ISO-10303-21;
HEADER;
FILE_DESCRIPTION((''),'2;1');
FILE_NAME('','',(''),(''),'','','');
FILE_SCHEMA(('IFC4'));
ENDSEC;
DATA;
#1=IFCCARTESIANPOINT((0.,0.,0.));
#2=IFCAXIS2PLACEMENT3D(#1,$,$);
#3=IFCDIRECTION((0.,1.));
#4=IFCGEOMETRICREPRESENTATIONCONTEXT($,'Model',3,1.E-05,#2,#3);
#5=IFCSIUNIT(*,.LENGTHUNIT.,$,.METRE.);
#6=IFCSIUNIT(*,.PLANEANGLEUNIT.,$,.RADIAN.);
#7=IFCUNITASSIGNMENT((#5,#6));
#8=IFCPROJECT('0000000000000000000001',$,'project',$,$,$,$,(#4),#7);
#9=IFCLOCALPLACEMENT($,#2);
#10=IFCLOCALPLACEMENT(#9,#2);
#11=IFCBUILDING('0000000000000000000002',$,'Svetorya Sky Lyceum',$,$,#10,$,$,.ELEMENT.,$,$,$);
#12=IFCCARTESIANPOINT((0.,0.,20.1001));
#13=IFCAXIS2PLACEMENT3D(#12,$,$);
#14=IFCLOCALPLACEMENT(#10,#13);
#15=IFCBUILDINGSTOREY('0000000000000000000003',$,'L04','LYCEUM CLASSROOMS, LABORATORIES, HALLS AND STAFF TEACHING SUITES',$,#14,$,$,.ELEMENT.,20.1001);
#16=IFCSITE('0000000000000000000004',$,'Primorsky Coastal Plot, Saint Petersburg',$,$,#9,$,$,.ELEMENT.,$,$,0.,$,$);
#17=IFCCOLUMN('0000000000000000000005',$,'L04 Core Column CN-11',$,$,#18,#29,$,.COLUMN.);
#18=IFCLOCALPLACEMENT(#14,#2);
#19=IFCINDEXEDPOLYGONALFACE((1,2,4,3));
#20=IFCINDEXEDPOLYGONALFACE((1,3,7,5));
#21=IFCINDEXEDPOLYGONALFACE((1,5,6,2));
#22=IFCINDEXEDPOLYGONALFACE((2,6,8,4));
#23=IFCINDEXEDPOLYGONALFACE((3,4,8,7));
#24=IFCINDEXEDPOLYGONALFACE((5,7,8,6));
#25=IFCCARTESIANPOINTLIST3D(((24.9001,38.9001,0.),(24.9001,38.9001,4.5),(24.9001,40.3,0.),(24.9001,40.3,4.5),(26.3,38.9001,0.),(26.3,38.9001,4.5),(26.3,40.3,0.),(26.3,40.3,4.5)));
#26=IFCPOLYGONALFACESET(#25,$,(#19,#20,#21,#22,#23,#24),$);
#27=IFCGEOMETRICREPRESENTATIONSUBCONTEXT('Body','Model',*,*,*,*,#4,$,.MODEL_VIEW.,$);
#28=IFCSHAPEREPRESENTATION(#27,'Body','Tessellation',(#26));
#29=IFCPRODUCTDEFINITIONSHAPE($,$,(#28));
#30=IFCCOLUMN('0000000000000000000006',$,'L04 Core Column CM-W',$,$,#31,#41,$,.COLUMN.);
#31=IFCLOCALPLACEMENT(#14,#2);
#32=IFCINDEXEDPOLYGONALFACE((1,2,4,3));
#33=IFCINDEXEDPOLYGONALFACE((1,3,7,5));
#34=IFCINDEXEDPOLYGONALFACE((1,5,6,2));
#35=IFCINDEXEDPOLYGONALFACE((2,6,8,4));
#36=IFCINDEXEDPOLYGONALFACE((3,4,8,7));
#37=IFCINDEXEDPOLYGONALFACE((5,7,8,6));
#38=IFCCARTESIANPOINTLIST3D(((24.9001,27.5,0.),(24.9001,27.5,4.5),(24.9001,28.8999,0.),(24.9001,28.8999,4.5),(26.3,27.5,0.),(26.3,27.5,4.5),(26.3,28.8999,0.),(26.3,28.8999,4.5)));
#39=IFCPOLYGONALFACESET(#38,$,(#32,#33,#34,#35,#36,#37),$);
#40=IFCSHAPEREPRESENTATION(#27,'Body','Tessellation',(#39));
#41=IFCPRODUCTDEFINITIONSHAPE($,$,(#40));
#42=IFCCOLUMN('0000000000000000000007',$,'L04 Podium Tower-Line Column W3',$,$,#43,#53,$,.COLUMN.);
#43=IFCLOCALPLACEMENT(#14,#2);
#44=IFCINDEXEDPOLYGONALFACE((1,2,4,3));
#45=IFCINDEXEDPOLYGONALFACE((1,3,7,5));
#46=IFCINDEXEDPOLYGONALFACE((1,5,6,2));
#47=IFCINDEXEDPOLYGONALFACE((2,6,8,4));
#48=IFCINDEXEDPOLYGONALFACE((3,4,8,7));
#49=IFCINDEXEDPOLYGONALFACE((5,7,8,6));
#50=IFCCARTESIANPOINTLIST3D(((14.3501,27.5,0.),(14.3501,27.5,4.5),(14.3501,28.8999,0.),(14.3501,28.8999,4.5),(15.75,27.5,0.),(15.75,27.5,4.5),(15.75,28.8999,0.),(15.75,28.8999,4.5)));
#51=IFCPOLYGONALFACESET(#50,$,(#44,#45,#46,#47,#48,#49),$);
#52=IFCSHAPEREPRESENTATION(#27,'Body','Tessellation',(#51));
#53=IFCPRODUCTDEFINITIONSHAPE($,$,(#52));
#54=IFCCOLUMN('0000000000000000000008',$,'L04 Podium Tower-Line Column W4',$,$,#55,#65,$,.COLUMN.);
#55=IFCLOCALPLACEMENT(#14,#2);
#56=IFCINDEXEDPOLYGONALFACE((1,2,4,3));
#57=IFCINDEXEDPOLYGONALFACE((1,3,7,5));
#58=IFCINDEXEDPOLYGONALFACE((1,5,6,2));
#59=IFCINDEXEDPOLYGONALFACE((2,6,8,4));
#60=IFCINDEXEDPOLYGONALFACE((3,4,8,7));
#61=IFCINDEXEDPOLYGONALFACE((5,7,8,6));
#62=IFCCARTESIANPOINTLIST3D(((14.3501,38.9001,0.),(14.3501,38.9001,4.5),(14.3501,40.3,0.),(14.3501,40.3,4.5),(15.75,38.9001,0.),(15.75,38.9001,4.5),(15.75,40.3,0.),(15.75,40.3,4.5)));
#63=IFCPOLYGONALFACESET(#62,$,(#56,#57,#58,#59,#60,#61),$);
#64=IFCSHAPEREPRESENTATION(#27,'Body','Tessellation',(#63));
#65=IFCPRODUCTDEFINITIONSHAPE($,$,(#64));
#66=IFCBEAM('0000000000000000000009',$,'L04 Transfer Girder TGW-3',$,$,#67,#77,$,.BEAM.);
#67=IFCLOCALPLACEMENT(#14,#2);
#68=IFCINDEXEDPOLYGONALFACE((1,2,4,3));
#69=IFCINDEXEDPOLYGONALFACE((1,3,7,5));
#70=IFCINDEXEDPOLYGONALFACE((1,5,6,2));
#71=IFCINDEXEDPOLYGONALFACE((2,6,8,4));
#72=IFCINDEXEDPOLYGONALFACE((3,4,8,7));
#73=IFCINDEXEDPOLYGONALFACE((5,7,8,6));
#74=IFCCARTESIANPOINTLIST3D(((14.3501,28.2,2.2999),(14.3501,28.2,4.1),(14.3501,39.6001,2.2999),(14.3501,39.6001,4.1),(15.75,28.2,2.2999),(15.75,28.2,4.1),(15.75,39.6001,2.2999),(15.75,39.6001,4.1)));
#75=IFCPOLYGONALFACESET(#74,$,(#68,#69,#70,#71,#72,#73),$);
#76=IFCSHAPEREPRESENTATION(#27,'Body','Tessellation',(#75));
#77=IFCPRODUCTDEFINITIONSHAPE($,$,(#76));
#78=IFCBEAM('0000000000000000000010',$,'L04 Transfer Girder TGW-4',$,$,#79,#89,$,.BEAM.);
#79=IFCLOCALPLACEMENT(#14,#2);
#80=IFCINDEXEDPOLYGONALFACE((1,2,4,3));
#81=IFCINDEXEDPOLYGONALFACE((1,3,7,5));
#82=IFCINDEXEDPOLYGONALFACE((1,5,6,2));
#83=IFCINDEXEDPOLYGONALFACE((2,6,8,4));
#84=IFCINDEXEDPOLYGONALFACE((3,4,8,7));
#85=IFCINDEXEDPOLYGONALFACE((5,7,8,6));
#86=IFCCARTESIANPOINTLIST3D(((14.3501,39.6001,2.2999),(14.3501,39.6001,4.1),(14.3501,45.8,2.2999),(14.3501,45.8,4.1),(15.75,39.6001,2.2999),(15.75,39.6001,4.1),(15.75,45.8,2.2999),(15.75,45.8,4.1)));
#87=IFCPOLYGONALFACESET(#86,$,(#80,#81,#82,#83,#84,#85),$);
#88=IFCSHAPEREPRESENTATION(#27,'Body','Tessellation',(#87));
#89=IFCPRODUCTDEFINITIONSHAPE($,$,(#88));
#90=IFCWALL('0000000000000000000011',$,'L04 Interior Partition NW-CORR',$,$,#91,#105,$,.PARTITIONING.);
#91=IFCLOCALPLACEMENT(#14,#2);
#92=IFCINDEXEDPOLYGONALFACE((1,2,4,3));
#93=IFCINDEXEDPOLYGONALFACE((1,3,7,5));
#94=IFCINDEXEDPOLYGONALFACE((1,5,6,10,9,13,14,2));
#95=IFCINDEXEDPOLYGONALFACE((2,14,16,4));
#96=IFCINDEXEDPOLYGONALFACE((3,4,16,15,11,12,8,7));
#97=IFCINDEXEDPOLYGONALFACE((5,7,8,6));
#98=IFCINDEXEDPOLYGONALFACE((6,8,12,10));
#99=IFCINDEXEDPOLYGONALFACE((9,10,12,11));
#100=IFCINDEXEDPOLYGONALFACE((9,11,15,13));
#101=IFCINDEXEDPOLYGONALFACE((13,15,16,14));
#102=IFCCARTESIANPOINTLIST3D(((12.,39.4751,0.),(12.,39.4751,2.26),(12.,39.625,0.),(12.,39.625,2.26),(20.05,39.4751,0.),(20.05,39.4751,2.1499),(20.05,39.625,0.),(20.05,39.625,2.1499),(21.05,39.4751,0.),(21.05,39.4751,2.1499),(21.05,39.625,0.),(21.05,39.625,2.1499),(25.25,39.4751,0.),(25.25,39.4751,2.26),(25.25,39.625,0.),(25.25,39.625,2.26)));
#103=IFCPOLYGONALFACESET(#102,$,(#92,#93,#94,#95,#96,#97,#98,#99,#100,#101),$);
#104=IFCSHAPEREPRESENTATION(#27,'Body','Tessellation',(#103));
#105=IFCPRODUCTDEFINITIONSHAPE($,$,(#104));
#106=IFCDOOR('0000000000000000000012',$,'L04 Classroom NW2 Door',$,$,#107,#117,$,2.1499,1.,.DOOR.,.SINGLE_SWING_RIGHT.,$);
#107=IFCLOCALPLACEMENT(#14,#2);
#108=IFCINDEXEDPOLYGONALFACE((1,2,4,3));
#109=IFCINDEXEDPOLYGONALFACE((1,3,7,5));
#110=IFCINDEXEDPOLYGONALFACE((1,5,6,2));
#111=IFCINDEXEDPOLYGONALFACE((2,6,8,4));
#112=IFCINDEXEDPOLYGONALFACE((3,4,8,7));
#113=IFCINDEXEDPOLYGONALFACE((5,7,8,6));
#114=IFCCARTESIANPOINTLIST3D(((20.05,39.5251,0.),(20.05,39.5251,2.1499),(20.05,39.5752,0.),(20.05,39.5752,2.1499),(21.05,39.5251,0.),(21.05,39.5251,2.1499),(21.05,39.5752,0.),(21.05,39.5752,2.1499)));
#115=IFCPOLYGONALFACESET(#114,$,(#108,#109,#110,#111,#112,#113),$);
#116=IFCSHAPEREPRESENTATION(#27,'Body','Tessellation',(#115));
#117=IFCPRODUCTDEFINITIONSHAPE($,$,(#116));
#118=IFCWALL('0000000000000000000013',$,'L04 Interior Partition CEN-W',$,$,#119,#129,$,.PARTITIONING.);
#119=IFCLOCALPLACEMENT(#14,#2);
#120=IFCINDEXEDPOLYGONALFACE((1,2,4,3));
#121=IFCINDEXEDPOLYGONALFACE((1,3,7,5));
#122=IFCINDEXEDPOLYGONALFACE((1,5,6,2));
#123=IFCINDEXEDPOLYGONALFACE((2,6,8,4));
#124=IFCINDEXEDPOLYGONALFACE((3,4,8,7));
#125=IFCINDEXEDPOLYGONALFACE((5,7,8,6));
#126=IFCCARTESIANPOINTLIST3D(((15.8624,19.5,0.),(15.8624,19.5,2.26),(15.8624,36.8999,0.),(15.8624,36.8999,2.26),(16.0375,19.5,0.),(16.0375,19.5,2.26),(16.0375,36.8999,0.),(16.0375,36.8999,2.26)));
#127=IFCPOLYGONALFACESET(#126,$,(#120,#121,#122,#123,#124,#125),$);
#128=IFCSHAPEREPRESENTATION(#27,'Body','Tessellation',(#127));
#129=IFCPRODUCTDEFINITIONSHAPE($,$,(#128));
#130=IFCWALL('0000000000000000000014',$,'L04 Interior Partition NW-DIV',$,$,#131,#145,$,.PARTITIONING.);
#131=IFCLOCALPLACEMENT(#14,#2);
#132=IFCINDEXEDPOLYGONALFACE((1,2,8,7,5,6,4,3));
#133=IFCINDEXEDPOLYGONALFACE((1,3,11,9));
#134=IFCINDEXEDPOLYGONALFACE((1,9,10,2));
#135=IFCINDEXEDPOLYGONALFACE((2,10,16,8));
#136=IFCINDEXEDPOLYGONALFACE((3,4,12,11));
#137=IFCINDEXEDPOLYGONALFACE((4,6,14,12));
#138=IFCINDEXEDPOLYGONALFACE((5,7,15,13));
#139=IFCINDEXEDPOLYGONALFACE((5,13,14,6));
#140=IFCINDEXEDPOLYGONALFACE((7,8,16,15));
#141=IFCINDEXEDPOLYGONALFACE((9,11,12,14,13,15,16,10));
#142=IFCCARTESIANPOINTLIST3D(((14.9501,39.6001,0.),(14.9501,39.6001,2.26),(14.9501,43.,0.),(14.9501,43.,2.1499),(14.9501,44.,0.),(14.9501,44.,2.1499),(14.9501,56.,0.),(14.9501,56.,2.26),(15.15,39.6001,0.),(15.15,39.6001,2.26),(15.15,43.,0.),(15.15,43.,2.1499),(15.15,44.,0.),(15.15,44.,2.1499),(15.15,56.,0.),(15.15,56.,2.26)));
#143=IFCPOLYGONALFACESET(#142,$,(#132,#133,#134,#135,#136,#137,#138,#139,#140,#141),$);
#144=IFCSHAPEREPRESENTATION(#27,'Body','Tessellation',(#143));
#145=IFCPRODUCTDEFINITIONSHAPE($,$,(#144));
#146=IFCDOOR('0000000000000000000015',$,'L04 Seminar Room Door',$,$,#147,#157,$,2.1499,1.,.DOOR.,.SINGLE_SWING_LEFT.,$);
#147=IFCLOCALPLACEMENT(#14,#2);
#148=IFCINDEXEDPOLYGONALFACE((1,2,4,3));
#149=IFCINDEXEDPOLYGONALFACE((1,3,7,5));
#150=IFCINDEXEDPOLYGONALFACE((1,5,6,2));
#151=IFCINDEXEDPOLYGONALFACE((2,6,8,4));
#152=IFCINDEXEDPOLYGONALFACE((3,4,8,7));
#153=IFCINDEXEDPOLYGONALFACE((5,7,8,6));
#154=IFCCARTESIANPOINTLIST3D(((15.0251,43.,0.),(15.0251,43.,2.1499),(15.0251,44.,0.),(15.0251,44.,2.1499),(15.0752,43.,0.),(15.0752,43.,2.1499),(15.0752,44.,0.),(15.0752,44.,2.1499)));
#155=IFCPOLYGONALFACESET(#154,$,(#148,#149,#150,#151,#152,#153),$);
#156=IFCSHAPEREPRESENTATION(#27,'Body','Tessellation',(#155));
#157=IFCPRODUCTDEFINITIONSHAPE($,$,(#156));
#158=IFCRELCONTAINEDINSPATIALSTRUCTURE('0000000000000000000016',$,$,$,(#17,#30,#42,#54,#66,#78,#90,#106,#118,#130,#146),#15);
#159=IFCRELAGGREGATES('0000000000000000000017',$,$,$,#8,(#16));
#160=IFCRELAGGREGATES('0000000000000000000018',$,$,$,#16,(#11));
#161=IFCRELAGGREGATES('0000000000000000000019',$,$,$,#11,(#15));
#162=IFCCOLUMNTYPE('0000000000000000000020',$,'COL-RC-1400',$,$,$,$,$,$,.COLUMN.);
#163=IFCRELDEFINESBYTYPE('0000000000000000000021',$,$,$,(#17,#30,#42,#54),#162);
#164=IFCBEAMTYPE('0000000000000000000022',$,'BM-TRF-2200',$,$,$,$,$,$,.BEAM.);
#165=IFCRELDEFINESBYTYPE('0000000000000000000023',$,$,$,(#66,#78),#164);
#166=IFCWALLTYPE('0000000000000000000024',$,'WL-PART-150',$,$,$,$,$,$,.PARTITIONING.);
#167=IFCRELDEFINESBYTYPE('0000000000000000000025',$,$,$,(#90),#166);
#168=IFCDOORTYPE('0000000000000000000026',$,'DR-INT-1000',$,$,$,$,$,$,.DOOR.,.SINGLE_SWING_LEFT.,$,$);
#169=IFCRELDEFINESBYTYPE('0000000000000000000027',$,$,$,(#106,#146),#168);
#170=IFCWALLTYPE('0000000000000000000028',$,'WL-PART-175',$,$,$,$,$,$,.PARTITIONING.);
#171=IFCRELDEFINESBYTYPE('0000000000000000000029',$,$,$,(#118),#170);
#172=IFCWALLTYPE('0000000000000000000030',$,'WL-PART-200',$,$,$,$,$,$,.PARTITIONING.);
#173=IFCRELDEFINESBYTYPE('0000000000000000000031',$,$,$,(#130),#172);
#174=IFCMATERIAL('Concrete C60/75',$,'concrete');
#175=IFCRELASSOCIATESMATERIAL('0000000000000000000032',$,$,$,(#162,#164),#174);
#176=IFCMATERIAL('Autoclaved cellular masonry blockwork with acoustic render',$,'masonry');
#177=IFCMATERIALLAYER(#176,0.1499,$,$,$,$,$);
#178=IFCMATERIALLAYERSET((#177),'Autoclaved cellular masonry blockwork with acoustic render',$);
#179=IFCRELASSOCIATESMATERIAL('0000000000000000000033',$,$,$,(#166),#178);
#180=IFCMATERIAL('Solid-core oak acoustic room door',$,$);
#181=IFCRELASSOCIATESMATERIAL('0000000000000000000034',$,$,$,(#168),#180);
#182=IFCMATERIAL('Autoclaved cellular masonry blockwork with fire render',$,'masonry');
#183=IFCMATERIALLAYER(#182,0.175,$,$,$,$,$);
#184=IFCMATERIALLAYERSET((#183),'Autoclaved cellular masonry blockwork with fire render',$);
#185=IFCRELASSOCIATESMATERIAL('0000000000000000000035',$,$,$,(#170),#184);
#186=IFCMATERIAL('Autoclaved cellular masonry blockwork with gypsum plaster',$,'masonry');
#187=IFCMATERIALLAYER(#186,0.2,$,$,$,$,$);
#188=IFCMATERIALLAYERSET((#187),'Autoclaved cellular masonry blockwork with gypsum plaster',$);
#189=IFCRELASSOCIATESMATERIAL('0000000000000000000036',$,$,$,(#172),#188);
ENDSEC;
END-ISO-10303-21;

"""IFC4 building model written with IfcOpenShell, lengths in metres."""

from ifc_helpers import new_model, si_unit, direction, frame, frame_2d, origin, origin_2d, place, context, subcontext, project, spatial, rectangle, extrude, material, layer, layer_set, material_profile, profile_set, type_object, element, fill, save


model = new_model("IFC4")

# Units and contexts
model_context = context("Model", 3, precision=1e-05, world=origin(), true_north=direction((0.0, 1.0)))
body_context = subcontext(model_context, "Body", "Model", "MODEL_VIEW")
ifc_project = project(units=[si_unit("LENGTHUNIT", "METRE"), si_unit("PLANEANGLEUNIT", "RADIAN")], contexts=[model_context])

# Site, building, storey
site_placement = place(None, origin())
site = spatial("IfcSite", under=ifc_project, at=site_placement, Name="Primorsky Coastal Plot, Saint Petersburg", CompositionType="ELEMENT", RefElevation=0.0)
building_placement = place(site_placement, origin())
building = spatial("IfcBuilding", under=site, at=building_placement, Name="Svetorya Sky Lyceum", CompositionType="ELEMENT")
storey_placement = place(building_placement, frame((0.0, 0.0, 20.1001)))
storey = spatial("IfcBuildingStorey", under=building, at=storey_placement, Name="L04", Description="LYCEUM CLASSROOMS, LABORATORIES, HALLS AND STAFF TEACHING SUITES", CompositionType="ELEMENT", Elevation=20.1001)

# Columns
ifc_material_1 = material(Name="Concrete C60/75", Category="concrete")
ifc_material_profile_1 = material_profile(ifc_material_1, rectangle(XDim=1.3999, YDim=1.3999, at=origin_2d()), Name="RC COL 1400x1400")
ifc_profile_set_1 = profile_set([ifc_material_profile_1], Name="Concrete C60/75")
column_type = type_object("IfcColumnType", Name="COL-RC-1400", PredefinedType="COLUMN", material=ifc_profile_set_1)
for number, where, z_axis, x_axis, name in (
    (1, (25.6001, 39.6001, 0.0), (0.0, 0.0, 1.0), (1.0, 0.0, 0.0), "L04 Core Column CN-11"),
    (2, (25.6001, 28.2, 0.0), (0.0, 0.0, 1.0), (1.0, 0.0, 0.0), "L04 Core Column CM-W"),
    (3, (15.05, 28.2, 0.0), (0.0, 0.0, 1.0), (1.0, 0.0, 0.0), "L04 Podium Tower-Line Column W3"),
    (4, (15.05, 39.6001, 0.0), (0.0, 0.0, 1.0), (1.0, 0.0, 0.0), "L04 Podium Tower-Line Column W4"),
):
    element("IfcColumn", number, at=place(storey_placement, frame(where, z_axis=z_axis, x_axis=x_axis)), inside=storey, type_object=column_type, Name=name, PredefinedType="COLUMN", context=body_context, shape_type="SweptSolid", body=[
        extrude(rectangle(XDim=1.3999, YDim=1.3999, at=origin_2d()), origin(), (0.0, 0.0, 1.0), 4.5),
    ])

# Beams
ifc_material_profile_2 = material_profile(ifc_material_1, rectangle(XDim=1.3999, YDim=1.8, at=origin_2d()), Name="RC TRANSFER 1400x1800")
ifc_profile_set_2 = profile_set([ifc_material_profile_2], Name="Concrete C60/75")
beam_type = type_object("IfcBeamType", Name="BM-TRF-2200", PredefinedType="BEAM", material=ifc_profile_set_2)
beam_1_placement = place(storey_placement, frame((15.05, 28.2, 3.2), z_axis=(0.0, 1.0, 0.0), x_axis=(-1.0, 0.0, 0.0)))
element("IfcBeam", 5, at=beam_1_placement, inside=storey, type_object=beam_type, Name="L04 Transfer Girder TGW-3", PredefinedType="BEAM", context=body_context, shape_type="SweptSolid", body=[
    extrude(rectangle(XDim=1.3999, YDim=1.8, at=origin_2d()), origin(), (0.0, 0.0, 1.0), 11.4001),
])
beam_2_placement = place(storey_placement, frame((15.05, 39.6001, 3.2), z_axis=(0.0, 1.0, 0.0), x_axis=(-1.0, 0.0, 0.0)))
element("IfcBeam", 6, at=beam_2_placement, inside=storey, type_object=beam_type, Name="L04 Transfer Girder TGW-4", PredefinedType="BEAM", context=body_context, shape_type="SweptSolid", body=[
    extrude(rectangle(XDim=1.3999, YDim=1.8, at=origin_2d()), origin(), (0.0, 0.0, 1.0), 6.2),
])

# Wall, opening, door
ifc_material_2 = material(Name="Autoclaved cellular masonry blockwork with acoustic render", Category="masonry")
ifc_layer_1 = layer(ifc_material_2, 0.1499)
ifc_layer_set_1 = layer_set([ifc_layer_1], Name="Autoclaved cellular masonry blockwork with acoustic render")
wall_type_1 = type_object("IfcWallType", Name="WL-PART-150", PredefinedType="PARTITIONING", material=ifc_layer_set_1)
wall_1_placement = place(storey_placement, frame((25.25, 39.55, 0.0), z_axis=(0.0, 0.0, 1.0), x_axis=(-1.0, 0.0, 0.0)))
wall_1 = element("IfcWall", 7, at=wall_1_placement, inside=storey, type_object=wall_type_1, Name="L04 Interior Partition NW-CORR", PredefinedType="PARTITIONING", context=body_context, shape_type="SweptSolid", body=[
    extrude(rectangle(XDim=13.25, YDim=0.1499, at=frame_2d((6.625, 0.0))), origin(), (0.0, 0.0, 1.0), 2.26),
])
opening_1_placement = place(wall_1_placement, frame((4.2, 0.0, 0.0)))
opening_1 = element("IfcOpeningElement", 8, at=opening_1_placement, cuts=wall_1, PredefinedType="OPENING", context=body_context, shape_type="SweptSolid", body=[
    extrude(rectangle(XDim=1.0, YDim=2.1499, at=frame_2d((0.5, 1.075))), frame((0.0, 0.085, 0.0), z_axis=(0.0, -1.0, 0.0), x_axis=(1.0, 0.0, 0.0)), (0.0, 0.0, 1.0), 0.1699),
])
ifc_material_3 = material(Name="Solid-core oak acoustic room door")
door_type_1 = type_object("IfcDoorType", Name="DR-INT-1000", OperationType="SINGLE_SWING_LEFT", PredefinedType="DOOR", material=ifc_material_3)
door_1_placement = place(opening_1_placement, origin())
door_1 = element("IfcDoor", 9, at=door_1_placement, inside=storey, type_object=door_type_1, Name="L04 Classroom NW2 Door", OperationType="SINGLE_SWING_RIGHT", OverallHeight=2.1499, OverallWidth=1.0, PredefinedType="DOOR", context=body_context, shape_type="SweptSolid", body=[
    extrude(rectangle(XDim=1.0, YDim=2.1499, at=frame_2d((0.5, 1.075))), frame((0.0, 0.0249, 0.0), z_axis=(0.0, -1.0, 0.0), x_axis=(1.0, 0.0, 0.0)), (0.0, 0.0, 1.0), 0.05),
])
fill(opening_1, door_1)

# Wall
ifc_material_4 = material(Name="Autoclaved cellular masonry blockwork with fire render", Category="masonry")
ifc_layer_2 = layer(ifc_material_4, 0.175)
ifc_layer_set_2 = layer_set([ifc_layer_2], Name="Autoclaved cellular masonry blockwork with fire render")
wall_type_2 = type_object("IfcWallType", Name="WL-PART-175", PredefinedType="PARTITIONING", material=ifc_layer_set_2)
wall_2_placement = place(storey_placement, frame((15.95, 19.5, 0.0), z_axis=(0.0, 0.0, 1.0), x_axis=(0.0, 1.0, 0.0)))
element("IfcWall", 10, at=wall_2_placement, inside=storey, type_object=wall_type_2, Name="L04 Interior Partition CEN-W", PredefinedType="PARTITIONING", context=body_context, shape_type="SweptSolid", body=[
    extrude(rectangle(XDim=17.3999, YDim=0.175, at=frame_2d((8.7, 0.0))), origin(), (0.0, 0.0, 1.0), 2.26),
])

# Wall, opening, door
ifc_material_5 = material(Name="Autoclaved cellular masonry blockwork with gypsum plaster", Category="masonry")
ifc_layer_3 = layer(ifc_material_5, 0.2)
ifc_layer_set_3 = layer_set([ifc_layer_3], Name="Autoclaved cellular masonry blockwork with gypsum plaster")
wall_type_3 = type_object("IfcWallType", Name="WL-PART-200", PredefinedType="PARTITIONING", material=ifc_layer_set_3)
wall_3_placement = place(storey_placement, frame((15.05, 39.6001, 0.0), z_axis=(0.0, 0.0, 1.0), x_axis=(0.0, 1.0, 0.0)))
wall_3 = element("IfcWall", 11, at=wall_3_placement, inside=storey, type_object=wall_type_3, Name="L04 Interior Partition NW-DIV", PredefinedType="PARTITIONING", context=body_context, shape_type="SweptSolid", body=[
    extrude(rectangle(XDim=16.3999, YDim=0.2, at=frame_2d((8.2, 0.0))), origin(), (0.0, 0.0, 1.0), 2.26),
])
opening_2_placement = place(wall_3_placement, frame((3.3999, 0.0, 0.0)))
opening_2 = element("IfcOpeningElement", 12, at=opening_2_placement, cuts=wall_3, PredefinedType="OPENING", context=body_context, shape_type="SweptSolid", body=[
    extrude(rectangle(XDim=1.0, YDim=2.1499, at=frame_2d((0.5, 1.075))), frame((0.0, 0.1099, 0.0), z_axis=(0.0, -1.0, 0.0), x_axis=(1.0, 0.0, 0.0)), (0.0, 0.0, 1.0), 0.22),
])
door_2_placement = place(opening_2_placement, origin())
door_2 = element("IfcDoor", 13, at=door_2_placement, inside=storey, type_object=door_type_1, Name="L04 Seminar Room Door", OperationType="SINGLE_SWING_LEFT", OverallHeight=2.1499, OverallWidth=1.0, PredefinedType="DOOR", context=body_context, shape_type="SweptSolid", body=[
    extrude(rectangle(XDim=1.0, YDim=2.1499, at=frame_2d((0.5, 1.075))), frame((0.0, 0.0249, 0.0), z_axis=(0.0, -1.0, 0.0), x_axis=(1.0, 0.0, 0.0)), (0.0, 0.0, 1.0), 0.05),
])
fill(opening_2, door_2)

save(model, "model.ifc")
